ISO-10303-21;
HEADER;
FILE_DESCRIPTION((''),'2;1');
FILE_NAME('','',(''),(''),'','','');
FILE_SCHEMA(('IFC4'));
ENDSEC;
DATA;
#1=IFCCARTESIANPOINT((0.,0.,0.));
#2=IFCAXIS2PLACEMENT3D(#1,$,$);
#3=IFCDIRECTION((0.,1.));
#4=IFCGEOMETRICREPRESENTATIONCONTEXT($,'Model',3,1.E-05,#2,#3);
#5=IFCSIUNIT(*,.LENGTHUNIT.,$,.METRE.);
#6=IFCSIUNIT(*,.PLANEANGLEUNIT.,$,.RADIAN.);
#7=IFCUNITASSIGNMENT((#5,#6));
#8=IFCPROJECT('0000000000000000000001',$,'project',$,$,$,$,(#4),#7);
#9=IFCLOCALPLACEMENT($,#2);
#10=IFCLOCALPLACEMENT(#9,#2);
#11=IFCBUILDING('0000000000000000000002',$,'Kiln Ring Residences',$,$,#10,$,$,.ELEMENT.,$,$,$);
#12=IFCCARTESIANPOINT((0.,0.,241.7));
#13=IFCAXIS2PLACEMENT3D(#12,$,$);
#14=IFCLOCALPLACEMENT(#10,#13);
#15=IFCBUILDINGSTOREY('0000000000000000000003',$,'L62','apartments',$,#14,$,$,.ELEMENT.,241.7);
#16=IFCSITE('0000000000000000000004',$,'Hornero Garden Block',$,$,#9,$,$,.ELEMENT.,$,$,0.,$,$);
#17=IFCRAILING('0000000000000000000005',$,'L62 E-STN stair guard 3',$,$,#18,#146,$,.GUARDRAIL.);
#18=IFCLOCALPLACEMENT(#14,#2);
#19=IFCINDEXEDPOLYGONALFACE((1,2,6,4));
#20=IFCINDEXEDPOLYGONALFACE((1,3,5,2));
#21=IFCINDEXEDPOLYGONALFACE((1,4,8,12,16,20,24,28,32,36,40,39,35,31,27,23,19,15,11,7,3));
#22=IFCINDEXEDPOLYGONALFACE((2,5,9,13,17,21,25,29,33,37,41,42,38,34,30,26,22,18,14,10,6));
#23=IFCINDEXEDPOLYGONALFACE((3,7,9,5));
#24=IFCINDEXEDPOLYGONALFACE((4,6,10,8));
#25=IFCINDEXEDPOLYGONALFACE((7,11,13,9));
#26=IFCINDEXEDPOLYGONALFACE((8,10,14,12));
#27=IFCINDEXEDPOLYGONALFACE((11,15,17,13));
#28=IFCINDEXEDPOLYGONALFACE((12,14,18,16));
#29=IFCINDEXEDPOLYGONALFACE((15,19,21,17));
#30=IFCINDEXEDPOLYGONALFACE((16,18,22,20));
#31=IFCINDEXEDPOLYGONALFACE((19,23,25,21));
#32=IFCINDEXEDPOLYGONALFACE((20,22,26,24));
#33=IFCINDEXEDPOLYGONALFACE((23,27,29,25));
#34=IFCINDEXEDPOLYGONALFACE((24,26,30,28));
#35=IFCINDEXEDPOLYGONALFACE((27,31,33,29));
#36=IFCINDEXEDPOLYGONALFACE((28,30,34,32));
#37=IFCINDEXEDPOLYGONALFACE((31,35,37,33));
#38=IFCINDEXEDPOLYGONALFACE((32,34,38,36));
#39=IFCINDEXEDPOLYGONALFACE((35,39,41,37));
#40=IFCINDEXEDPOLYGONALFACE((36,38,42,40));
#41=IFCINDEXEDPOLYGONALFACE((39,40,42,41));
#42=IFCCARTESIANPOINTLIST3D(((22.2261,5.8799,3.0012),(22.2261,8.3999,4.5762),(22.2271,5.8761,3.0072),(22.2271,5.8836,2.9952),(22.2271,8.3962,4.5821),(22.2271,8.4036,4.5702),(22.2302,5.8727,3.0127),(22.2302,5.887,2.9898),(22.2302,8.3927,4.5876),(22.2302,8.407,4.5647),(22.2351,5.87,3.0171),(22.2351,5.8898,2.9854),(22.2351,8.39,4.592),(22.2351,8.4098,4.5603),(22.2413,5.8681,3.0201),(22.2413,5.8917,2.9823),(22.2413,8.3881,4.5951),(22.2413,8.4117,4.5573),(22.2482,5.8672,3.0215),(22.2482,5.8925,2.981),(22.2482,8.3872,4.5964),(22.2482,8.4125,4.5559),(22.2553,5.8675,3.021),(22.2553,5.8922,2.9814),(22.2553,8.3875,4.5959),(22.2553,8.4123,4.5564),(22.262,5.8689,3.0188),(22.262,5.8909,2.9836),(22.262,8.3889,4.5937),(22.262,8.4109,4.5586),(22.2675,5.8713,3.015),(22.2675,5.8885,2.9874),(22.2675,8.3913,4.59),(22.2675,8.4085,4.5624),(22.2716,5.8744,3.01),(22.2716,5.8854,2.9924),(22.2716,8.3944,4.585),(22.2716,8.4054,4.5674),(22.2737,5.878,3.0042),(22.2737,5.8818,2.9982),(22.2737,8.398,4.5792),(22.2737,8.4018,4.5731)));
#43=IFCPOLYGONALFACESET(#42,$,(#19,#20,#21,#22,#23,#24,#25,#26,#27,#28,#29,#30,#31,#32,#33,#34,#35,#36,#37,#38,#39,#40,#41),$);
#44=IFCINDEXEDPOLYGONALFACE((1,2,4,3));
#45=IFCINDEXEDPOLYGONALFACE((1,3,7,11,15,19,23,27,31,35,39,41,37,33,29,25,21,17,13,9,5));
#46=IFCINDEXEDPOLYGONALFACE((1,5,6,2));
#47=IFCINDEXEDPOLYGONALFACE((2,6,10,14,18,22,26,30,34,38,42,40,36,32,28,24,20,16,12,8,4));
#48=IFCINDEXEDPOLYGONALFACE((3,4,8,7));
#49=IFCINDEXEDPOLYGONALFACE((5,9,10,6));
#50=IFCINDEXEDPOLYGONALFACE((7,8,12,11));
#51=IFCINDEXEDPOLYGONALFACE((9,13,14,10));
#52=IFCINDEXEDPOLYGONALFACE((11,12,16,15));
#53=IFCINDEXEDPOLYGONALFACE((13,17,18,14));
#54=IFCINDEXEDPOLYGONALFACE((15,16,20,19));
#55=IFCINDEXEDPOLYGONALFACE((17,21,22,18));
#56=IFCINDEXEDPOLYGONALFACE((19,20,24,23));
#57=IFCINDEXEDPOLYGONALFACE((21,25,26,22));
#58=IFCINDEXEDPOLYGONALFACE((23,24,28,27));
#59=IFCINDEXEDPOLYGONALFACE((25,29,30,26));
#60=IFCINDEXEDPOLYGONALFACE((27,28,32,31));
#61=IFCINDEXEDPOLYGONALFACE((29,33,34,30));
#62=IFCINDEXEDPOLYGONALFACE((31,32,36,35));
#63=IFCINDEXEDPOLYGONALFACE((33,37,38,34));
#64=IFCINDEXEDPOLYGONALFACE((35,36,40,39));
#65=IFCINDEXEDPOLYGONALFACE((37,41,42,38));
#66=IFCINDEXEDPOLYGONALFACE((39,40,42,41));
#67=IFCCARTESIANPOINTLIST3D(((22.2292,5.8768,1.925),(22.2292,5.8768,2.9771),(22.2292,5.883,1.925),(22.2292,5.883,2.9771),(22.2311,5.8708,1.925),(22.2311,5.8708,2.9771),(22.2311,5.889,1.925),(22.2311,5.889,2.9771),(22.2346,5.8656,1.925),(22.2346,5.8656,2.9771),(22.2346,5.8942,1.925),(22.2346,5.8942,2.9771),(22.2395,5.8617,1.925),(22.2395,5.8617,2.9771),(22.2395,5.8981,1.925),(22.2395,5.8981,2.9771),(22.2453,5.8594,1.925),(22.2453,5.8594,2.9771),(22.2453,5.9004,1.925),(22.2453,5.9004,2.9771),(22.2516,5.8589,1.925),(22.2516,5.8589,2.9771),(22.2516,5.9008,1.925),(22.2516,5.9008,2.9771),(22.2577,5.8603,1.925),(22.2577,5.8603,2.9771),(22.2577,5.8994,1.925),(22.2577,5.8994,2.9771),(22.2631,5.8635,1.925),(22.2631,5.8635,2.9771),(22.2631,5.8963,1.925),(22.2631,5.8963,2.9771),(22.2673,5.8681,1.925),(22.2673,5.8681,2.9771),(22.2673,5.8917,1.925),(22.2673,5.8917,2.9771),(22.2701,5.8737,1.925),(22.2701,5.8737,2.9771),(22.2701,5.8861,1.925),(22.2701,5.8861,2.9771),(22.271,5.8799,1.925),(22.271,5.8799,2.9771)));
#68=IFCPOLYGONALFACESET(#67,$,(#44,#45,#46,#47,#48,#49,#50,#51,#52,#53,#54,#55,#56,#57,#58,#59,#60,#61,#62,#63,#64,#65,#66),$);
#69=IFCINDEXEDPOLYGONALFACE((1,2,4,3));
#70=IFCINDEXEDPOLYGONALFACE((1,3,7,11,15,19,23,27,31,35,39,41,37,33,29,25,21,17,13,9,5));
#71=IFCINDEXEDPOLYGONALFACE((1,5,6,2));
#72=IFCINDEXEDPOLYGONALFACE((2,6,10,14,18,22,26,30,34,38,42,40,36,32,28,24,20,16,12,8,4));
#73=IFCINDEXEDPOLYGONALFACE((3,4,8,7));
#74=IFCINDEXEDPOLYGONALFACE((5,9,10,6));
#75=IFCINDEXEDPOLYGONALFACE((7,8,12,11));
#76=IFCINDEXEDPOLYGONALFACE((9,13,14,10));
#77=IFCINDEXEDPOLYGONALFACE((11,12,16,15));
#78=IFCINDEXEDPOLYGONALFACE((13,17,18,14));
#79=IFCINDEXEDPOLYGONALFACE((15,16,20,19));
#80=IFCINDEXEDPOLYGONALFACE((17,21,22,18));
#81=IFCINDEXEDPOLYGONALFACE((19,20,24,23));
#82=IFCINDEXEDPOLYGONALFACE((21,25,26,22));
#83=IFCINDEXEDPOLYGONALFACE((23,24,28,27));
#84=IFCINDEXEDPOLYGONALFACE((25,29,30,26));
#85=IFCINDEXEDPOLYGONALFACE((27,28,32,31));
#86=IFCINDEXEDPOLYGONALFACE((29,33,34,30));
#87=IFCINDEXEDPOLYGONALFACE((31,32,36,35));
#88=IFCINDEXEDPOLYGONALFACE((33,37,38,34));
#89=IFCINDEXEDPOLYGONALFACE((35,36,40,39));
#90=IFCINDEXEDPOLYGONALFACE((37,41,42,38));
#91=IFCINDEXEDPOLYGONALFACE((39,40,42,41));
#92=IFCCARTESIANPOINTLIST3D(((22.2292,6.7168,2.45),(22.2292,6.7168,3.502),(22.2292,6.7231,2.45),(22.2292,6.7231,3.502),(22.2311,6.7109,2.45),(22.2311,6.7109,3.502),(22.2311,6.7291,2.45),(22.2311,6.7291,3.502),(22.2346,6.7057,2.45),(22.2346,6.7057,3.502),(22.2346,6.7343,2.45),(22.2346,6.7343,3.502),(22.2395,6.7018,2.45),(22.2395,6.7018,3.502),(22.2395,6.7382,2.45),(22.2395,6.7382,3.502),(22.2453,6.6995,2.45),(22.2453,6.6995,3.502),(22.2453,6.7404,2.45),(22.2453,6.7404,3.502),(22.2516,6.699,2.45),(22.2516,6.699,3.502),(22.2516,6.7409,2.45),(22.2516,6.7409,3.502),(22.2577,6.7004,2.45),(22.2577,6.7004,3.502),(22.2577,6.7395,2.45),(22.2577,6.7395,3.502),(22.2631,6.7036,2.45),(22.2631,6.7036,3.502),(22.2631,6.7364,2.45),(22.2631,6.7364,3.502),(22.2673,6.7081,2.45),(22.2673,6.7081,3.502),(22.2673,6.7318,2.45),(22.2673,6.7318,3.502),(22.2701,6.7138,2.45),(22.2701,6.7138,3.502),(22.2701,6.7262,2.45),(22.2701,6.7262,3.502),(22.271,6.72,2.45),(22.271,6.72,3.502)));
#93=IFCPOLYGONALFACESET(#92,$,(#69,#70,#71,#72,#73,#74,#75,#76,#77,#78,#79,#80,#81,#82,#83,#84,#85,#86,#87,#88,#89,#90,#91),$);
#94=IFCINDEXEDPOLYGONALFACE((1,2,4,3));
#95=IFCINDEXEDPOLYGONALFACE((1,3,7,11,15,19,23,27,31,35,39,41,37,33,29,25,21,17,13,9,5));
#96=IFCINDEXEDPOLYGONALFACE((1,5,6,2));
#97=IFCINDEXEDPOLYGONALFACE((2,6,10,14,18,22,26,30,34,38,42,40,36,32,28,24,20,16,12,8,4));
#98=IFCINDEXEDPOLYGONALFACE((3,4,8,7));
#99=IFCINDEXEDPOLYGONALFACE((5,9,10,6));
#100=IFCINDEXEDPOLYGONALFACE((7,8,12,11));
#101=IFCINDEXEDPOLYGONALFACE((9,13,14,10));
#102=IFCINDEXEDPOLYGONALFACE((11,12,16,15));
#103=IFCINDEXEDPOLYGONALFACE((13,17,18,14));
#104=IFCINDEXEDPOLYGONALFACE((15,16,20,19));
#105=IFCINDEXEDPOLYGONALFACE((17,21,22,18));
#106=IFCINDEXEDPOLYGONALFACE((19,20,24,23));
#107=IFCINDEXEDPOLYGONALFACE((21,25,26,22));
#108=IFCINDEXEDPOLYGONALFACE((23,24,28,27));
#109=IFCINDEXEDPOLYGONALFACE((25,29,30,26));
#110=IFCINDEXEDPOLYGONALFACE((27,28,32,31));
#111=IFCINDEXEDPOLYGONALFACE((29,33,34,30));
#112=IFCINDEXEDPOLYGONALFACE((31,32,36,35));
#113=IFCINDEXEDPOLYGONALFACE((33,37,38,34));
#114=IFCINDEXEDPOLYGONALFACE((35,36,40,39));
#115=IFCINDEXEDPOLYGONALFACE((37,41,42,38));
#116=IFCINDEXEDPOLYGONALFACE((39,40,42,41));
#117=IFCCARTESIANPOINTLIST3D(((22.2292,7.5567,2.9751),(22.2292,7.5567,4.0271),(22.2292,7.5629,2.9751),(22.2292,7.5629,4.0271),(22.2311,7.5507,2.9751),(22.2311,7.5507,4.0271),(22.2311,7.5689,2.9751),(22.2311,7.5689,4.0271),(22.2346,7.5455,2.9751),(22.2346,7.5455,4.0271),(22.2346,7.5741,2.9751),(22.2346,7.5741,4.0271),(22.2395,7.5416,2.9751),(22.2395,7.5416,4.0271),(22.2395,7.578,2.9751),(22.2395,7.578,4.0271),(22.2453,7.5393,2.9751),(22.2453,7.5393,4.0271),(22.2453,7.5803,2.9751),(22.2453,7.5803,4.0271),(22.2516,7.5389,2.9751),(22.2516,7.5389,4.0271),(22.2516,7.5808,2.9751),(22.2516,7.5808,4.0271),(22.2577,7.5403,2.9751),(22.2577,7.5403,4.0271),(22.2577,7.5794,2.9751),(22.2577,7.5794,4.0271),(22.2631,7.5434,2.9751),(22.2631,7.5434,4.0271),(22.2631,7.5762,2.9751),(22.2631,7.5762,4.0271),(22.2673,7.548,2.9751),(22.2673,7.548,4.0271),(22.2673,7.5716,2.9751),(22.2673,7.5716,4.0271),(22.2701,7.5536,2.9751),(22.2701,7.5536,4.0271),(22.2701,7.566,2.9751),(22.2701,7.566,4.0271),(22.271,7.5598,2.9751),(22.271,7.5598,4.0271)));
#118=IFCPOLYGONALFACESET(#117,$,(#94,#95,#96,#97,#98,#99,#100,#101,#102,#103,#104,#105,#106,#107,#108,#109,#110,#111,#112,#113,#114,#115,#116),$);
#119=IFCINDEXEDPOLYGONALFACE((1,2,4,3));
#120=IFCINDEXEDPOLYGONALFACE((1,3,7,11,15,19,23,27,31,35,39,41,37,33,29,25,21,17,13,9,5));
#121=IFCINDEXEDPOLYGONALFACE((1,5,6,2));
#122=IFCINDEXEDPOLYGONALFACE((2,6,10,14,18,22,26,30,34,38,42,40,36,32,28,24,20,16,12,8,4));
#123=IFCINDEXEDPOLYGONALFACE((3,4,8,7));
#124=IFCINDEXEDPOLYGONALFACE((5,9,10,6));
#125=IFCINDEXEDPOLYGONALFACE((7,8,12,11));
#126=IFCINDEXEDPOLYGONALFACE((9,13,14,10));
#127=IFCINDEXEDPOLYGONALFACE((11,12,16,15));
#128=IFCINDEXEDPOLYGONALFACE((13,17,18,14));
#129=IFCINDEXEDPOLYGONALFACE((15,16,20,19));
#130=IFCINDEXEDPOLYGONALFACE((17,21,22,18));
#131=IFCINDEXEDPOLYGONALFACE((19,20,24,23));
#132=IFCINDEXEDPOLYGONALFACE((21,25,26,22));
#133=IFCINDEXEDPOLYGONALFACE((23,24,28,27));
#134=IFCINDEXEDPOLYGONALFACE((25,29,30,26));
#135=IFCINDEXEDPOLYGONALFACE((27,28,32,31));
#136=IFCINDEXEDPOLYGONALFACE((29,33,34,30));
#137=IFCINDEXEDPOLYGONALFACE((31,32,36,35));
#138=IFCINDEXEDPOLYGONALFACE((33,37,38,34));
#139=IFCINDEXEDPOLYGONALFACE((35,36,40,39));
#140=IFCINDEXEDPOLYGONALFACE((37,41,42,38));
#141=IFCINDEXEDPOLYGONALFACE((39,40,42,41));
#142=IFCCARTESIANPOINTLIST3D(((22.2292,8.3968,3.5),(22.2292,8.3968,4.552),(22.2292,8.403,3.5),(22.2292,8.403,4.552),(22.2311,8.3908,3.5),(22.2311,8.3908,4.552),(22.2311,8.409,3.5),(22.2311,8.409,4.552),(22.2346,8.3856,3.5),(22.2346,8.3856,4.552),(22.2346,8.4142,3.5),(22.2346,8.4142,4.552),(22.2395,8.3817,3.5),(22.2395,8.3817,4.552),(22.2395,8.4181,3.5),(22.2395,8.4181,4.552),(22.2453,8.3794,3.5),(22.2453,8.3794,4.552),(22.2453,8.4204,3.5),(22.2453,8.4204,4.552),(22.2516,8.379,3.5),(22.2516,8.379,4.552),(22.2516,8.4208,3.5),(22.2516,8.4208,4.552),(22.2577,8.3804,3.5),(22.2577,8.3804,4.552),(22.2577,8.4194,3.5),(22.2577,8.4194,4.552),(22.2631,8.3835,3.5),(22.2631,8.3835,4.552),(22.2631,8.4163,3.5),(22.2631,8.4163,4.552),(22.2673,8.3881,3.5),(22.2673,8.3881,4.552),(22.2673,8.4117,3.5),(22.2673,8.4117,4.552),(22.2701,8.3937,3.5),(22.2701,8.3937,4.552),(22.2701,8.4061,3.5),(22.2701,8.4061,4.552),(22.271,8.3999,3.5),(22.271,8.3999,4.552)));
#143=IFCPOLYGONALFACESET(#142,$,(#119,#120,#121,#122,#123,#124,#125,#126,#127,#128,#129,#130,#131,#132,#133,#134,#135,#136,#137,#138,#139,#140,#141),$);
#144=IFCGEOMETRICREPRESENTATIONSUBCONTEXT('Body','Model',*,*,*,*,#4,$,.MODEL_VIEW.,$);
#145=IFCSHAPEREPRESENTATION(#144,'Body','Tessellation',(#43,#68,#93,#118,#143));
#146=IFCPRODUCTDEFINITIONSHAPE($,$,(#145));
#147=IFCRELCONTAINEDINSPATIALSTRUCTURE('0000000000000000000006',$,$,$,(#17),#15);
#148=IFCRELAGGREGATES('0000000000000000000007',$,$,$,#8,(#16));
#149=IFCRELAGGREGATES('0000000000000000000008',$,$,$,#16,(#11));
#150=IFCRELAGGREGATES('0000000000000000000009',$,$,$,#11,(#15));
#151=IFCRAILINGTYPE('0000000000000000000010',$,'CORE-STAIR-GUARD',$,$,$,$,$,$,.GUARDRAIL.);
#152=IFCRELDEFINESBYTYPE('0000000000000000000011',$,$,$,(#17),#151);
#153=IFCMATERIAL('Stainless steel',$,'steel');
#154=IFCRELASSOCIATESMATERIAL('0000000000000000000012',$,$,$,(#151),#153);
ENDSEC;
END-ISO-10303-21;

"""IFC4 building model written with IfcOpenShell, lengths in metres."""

from ifc_helpers import new_model, si_unit, direction, frame, origin, origin_2d, place, context, subcontext, project, spatial, circle, extrude, material, type_object, element, save


model = new_model("IFC4")

# Units and contexts
model_context = context("Model", 3, precision=1e-05, world=origin(), true_north=direction((0.0, 1.0)))
body_context = subcontext(model_context, "Body", "Model", "MODEL_VIEW")
ifc_project = project(units=[si_unit("LENGTHUNIT", "METRE"), si_unit("PLANEANGLEUNIT", "RADIAN")], contexts=[model_context])

# Site, building, storey
site_placement = place(None, origin())
site = spatial("IfcSite", under=ifc_project, at=site_placement, Name="Hornero Garden Block", CompositionType="ELEMENT", RefElevation=0.0)
building_placement = place(site_placement, origin())
building = spatial("IfcBuilding", under=site, at=building_placement, Name="Kiln Ring Residences", CompositionType="ELEMENT")
storey_placement = place(building_placement, frame((0.0, 0.0, 241.7)))
storey = spatial("IfcBuildingStorey", under=building, at=storey_placement, Name="L62", Description="apartments", CompositionType="ELEMENT", Elevation=241.7)

# Railing
ifc_material_1 = material(Name="Stainless steel", Category="steel")
railing_type_1 = type_object("IfcRailingType", Name="CORE-STAIR-GUARD", PredefinedType="GUARDRAIL", material=ifc_material_1)
railing_1_placement = place(storey_placement, frame((22.25, 5.8799, 1.925)))
element("IfcRailing", 1, at=railing_1_placement, inside=storey, type_object=railing_type_1, Name="L62 E-STN stair guard 3", PredefinedType="GUARDRAIL", context=body_context, shape_type="SweptSolid", body=[
    extrude(circle(Radius=0.0239, at=origin_2d()), frame((0.0, 0.0, 1.0762), z_axis=(0.0, 0.848008, 0.529984), x_axis=(-1.0, 0.0, 0.0)), (0.0, 0.0, 1.0), 2.9717),
    extrude(circle(Radius=0.021, at=origin_2d()), origin(), (0.0, 0.0, 1.0), 1.052),
    extrude(circle(Radius=0.021, at=origin_2d()), frame((0.0, 0.8401, 0.5249)), (0.0, 0.0, 1.0), 1.052),
    extrude(circle(Radius=0.021, at=origin_2d()), frame((0.0, 1.6799, 1.05)), (0.0, 0.0, 1.0), 1.052),
    extrude(circle(Radius=0.021, at=origin_2d()), frame((0.0, 2.52, 1.575)), (0.0, 0.0, 1.0), 1.052),
])

save(model, "model.ifc")
